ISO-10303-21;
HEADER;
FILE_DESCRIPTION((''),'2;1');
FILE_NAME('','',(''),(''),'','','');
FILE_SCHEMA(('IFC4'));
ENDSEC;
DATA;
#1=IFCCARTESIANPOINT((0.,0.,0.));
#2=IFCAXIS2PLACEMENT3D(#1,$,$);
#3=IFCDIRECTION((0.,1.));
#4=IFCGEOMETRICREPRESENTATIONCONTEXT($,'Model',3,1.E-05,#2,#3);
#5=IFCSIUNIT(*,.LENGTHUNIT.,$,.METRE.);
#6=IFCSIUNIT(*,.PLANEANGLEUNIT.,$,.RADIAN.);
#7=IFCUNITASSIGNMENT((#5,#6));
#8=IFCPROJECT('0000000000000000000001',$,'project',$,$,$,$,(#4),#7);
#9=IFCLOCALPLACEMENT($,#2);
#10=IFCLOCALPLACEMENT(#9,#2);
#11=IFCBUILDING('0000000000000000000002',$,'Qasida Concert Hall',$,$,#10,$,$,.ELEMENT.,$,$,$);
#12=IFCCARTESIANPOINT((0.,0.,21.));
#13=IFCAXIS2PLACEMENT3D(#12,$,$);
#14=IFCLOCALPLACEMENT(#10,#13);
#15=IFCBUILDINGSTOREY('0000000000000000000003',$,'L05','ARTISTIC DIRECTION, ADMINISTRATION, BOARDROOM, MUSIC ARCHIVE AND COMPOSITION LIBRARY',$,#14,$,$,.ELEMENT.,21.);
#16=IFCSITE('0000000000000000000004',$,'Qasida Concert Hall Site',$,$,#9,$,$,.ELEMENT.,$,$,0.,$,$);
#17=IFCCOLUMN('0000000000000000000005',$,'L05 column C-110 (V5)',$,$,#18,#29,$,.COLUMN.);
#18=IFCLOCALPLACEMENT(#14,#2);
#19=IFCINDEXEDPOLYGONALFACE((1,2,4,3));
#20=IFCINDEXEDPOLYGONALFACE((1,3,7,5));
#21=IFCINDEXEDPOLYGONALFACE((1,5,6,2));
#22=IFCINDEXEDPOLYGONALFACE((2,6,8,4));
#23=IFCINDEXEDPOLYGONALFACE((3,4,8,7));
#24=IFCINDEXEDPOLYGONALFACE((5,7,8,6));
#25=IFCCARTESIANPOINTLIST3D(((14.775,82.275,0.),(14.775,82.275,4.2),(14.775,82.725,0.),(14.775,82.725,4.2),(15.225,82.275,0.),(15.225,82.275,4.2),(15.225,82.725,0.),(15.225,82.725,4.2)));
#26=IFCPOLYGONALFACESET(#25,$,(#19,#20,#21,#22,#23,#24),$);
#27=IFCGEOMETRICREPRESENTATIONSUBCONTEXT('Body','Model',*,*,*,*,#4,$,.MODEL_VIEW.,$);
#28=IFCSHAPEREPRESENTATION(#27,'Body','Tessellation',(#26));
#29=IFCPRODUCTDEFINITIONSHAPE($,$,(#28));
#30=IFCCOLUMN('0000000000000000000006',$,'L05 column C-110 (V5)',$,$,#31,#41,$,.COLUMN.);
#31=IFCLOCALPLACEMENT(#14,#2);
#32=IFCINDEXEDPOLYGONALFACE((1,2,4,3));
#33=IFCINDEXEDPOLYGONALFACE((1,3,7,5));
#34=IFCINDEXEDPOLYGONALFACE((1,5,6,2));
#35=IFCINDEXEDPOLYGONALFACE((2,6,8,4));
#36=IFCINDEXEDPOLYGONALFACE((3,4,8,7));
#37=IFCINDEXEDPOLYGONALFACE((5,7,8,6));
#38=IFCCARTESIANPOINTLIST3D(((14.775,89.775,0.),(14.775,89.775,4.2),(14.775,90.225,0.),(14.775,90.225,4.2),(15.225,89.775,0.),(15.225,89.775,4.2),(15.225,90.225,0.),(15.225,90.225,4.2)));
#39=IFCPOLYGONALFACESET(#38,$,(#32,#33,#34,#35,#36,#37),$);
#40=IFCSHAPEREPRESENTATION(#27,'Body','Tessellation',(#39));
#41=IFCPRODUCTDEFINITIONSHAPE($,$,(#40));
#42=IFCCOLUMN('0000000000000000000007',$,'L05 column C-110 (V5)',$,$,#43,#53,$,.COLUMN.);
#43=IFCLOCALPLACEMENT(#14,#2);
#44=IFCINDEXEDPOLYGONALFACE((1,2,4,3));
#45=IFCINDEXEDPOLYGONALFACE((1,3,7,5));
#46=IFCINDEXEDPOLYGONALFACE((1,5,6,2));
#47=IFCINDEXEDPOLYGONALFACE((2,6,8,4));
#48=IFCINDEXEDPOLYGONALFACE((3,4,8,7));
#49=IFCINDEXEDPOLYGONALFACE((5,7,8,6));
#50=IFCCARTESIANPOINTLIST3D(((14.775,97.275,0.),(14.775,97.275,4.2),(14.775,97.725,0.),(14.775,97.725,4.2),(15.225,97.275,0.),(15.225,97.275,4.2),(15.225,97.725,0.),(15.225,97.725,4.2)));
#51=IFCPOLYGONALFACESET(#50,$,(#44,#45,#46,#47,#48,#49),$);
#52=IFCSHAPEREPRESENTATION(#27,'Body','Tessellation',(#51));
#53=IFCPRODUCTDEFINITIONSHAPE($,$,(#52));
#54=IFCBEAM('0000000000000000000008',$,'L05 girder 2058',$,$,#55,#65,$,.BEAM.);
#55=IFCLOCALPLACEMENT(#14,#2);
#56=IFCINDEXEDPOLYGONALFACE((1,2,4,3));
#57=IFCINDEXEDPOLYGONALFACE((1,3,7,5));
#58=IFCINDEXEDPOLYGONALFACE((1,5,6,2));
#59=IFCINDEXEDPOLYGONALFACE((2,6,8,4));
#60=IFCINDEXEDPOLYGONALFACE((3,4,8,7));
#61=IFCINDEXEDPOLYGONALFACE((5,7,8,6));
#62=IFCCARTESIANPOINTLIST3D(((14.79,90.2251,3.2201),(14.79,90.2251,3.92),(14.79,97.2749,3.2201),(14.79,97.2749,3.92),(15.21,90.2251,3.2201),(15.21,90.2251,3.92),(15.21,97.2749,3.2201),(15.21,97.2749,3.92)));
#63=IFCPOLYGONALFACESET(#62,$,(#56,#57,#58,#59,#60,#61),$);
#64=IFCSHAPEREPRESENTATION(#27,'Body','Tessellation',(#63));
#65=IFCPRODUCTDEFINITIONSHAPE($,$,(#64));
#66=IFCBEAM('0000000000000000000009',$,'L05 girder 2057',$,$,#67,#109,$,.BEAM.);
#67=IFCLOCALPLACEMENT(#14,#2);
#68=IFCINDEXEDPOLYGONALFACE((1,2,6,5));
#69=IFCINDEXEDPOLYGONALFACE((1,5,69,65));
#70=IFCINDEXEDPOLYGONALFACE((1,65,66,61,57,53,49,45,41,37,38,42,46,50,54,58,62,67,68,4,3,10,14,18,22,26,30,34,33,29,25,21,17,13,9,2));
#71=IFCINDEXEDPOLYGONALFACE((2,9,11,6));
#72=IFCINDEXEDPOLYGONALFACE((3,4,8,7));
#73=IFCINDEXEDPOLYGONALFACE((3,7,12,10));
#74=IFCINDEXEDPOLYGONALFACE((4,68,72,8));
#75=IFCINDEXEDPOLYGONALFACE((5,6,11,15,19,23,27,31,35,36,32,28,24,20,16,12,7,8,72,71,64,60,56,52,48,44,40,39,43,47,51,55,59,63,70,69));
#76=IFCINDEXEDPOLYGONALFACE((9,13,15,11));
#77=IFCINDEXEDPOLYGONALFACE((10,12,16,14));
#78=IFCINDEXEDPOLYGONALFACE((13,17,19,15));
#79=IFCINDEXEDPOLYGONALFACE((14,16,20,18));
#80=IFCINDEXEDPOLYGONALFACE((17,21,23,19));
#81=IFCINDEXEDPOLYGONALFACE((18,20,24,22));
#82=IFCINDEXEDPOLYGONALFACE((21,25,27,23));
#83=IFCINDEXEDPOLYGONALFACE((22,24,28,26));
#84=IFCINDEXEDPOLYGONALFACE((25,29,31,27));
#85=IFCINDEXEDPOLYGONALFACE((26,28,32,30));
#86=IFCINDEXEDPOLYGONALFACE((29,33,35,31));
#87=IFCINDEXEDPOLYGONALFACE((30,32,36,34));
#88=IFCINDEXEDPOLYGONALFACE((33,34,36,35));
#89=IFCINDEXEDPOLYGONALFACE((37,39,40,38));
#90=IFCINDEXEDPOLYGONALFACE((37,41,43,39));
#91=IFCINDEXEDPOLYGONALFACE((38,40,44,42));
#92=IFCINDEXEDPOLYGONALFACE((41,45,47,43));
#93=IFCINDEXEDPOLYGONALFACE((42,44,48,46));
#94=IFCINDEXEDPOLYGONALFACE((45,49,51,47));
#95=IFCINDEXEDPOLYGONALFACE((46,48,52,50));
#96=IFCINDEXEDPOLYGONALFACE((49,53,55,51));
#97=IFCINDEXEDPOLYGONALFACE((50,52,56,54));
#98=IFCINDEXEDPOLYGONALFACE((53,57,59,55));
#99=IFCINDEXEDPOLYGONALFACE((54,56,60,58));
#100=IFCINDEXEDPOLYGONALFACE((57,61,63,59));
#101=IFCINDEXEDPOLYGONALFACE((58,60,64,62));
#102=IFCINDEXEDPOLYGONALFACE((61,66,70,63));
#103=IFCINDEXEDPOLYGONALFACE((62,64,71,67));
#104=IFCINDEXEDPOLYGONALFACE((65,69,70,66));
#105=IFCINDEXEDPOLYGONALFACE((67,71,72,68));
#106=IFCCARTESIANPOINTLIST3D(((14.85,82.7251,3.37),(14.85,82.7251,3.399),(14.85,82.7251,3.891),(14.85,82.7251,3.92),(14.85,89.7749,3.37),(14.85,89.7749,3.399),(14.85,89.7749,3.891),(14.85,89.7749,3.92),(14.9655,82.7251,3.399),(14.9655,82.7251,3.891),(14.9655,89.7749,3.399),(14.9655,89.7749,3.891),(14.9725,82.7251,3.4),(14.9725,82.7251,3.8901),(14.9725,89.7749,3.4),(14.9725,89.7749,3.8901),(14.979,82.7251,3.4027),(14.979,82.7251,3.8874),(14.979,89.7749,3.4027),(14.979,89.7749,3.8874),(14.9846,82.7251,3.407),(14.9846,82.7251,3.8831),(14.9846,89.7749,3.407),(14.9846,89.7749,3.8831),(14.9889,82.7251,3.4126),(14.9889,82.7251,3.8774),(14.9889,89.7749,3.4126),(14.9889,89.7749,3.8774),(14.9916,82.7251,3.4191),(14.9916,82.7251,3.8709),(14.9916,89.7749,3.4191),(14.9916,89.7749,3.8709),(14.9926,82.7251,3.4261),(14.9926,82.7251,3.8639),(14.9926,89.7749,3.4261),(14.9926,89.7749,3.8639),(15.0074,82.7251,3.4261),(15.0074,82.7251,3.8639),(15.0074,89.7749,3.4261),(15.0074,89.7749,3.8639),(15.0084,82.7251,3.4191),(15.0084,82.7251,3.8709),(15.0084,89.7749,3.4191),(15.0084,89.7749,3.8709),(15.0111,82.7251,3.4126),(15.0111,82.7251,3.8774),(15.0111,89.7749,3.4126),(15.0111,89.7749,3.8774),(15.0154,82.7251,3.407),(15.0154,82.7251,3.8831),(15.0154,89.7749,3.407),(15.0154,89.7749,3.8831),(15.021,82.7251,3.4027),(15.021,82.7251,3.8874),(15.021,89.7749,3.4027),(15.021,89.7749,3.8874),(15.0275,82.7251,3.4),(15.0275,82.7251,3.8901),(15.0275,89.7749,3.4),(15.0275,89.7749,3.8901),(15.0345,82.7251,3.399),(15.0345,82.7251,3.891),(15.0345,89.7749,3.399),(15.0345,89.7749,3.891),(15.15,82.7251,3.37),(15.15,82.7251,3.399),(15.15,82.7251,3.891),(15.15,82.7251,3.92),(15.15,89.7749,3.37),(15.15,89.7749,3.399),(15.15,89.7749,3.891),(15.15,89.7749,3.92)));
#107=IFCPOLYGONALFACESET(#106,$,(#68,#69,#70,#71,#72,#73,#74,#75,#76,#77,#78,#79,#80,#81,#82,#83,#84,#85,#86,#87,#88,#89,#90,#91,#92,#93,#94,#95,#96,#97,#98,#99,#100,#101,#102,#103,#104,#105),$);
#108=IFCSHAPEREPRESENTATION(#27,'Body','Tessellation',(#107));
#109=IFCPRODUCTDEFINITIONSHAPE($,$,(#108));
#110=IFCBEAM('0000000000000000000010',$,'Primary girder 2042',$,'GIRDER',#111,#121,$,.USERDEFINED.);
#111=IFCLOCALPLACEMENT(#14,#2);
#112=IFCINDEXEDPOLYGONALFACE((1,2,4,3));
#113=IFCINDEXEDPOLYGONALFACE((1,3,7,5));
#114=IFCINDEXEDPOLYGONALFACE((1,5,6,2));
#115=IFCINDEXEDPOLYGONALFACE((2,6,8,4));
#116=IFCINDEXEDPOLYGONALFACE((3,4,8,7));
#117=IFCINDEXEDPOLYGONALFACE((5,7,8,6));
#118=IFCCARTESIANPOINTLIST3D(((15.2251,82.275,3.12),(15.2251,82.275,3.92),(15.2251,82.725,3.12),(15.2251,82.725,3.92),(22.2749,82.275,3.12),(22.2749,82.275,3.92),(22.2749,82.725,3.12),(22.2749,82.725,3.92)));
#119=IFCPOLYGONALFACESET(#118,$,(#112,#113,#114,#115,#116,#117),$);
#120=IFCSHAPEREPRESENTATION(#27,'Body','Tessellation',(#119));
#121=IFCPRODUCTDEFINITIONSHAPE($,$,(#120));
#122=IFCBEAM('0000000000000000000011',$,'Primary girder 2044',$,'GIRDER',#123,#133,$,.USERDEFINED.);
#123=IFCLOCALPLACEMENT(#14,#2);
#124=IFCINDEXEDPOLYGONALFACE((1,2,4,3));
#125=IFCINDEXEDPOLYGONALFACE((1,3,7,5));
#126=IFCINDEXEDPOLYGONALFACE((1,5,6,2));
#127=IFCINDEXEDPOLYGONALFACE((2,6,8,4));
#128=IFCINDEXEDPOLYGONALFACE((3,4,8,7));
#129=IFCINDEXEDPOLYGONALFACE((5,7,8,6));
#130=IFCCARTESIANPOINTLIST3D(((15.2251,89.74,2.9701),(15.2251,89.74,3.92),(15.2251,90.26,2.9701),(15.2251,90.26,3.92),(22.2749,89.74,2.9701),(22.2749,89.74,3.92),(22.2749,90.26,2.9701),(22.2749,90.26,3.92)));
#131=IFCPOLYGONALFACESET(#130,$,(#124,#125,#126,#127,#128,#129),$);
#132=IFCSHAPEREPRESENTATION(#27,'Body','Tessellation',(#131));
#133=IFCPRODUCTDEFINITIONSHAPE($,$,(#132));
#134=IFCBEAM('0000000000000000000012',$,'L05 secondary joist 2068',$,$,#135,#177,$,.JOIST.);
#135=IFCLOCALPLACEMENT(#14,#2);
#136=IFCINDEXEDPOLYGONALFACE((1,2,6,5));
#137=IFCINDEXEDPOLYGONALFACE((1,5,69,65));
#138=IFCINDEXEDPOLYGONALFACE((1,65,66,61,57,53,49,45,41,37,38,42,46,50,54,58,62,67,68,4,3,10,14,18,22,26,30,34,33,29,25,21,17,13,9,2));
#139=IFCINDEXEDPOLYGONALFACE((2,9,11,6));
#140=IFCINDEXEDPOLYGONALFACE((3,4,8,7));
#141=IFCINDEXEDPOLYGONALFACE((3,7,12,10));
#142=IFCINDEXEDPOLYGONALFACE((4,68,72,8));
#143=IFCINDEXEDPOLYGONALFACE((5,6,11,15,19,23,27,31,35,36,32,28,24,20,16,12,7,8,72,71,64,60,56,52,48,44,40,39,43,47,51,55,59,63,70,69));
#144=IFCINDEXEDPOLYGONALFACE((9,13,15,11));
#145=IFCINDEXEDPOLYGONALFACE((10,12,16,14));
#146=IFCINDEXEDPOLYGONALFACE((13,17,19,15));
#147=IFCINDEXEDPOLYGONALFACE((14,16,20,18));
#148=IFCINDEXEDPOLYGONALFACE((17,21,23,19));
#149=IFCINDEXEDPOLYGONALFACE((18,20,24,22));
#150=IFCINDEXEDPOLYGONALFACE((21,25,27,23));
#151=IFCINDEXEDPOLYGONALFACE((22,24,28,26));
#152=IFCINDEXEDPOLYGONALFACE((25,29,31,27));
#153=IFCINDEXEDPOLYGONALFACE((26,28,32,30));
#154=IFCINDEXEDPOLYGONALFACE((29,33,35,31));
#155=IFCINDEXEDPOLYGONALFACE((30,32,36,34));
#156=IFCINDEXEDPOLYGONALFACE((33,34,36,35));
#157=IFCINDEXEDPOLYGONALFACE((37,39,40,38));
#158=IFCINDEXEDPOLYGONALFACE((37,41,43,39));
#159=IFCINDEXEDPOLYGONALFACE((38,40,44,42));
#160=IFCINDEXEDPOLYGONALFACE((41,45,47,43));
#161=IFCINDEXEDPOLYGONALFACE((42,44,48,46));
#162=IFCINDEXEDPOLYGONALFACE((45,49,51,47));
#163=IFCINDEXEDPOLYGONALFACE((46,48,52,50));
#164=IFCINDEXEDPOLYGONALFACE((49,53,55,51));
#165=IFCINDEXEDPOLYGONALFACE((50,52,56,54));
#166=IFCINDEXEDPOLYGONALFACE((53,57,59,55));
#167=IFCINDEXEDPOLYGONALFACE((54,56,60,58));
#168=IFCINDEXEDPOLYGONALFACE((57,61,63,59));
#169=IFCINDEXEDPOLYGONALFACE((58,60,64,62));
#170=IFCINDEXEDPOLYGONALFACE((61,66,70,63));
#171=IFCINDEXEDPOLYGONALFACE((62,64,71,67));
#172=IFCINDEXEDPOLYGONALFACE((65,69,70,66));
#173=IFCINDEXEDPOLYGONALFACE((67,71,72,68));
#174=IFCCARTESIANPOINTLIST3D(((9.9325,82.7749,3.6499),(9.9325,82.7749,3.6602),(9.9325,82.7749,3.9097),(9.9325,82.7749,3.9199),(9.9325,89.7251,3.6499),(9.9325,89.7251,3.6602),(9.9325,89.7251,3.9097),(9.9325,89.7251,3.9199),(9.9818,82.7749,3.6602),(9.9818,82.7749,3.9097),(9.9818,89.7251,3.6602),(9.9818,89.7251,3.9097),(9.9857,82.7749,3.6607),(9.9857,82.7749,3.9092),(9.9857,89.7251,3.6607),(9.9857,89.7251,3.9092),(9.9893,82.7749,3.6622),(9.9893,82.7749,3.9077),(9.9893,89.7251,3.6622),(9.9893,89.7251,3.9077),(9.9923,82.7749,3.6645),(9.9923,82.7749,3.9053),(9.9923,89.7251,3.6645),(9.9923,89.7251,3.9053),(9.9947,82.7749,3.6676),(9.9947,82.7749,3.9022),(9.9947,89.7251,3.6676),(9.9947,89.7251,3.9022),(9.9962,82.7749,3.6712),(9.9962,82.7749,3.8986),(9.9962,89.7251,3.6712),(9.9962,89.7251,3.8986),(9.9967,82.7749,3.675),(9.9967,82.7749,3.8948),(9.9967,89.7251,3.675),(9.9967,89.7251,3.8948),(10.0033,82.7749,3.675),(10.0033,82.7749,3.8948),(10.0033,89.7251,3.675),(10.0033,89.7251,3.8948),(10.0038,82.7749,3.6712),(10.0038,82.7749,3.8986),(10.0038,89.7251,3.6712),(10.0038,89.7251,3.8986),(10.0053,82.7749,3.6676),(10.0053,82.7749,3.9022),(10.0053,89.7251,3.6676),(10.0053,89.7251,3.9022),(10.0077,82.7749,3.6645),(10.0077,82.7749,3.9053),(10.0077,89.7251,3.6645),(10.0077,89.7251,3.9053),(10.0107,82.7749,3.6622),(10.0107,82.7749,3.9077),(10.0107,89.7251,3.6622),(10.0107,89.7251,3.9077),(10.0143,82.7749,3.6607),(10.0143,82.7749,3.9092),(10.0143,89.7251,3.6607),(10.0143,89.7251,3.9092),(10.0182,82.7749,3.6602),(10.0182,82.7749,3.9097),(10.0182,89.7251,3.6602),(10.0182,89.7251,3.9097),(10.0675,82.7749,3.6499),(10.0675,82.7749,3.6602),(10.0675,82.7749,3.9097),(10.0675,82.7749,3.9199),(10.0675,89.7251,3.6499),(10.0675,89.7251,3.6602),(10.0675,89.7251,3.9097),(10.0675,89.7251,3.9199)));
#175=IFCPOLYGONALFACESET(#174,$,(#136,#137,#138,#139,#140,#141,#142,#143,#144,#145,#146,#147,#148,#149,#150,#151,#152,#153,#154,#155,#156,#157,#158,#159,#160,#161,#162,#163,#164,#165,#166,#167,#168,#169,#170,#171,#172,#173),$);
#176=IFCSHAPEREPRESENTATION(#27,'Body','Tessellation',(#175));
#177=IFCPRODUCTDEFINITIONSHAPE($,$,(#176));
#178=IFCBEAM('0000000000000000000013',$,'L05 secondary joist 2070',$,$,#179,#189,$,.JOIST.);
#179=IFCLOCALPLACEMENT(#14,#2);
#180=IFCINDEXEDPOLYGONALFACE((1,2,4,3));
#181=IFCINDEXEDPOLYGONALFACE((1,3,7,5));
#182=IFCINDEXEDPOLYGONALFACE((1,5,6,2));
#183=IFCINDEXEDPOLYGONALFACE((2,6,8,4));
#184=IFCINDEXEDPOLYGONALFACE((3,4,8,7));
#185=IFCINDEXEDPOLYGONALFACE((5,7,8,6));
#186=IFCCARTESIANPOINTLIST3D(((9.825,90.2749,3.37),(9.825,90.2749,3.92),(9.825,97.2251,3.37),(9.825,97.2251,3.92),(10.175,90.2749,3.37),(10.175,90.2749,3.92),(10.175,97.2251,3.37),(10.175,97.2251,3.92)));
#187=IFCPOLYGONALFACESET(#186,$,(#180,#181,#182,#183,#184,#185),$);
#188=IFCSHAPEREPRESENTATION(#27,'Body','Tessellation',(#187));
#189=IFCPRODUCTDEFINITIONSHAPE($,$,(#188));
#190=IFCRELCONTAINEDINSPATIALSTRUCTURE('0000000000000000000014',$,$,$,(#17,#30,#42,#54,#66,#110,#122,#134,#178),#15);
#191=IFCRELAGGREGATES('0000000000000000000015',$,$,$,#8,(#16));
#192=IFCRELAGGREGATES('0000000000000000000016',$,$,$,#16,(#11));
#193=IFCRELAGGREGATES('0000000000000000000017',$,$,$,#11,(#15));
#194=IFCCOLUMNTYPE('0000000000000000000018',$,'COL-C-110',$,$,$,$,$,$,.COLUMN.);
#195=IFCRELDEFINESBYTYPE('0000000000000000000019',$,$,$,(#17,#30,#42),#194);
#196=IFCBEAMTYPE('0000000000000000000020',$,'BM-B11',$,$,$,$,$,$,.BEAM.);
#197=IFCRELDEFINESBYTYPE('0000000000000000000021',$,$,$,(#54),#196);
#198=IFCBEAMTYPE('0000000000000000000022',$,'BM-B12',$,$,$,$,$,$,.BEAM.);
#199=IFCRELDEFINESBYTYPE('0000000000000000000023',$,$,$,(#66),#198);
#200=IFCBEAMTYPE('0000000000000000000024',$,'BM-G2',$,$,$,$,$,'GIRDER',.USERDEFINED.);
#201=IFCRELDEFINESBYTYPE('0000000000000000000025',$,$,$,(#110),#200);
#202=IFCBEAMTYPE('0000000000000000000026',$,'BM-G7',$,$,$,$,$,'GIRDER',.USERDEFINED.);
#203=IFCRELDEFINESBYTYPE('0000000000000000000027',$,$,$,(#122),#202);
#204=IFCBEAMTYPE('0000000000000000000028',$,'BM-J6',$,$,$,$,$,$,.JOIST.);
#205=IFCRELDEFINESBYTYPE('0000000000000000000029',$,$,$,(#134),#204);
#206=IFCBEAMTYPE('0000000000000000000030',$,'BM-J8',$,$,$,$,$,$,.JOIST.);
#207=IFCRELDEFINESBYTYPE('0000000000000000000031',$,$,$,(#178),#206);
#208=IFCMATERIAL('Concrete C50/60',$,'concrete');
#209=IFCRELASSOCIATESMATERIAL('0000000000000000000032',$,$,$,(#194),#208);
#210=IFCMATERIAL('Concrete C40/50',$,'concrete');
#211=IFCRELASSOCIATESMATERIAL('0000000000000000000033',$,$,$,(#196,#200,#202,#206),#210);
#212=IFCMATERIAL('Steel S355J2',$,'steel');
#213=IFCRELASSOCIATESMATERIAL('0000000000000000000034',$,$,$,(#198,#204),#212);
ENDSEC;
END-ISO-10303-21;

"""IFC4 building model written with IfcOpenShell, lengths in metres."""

from ifc_helpers import new_model, si_unit, direction, frame, origin, origin_2d, place, context, subcontext, project, spatial, rectangle, i_section, extrude, material, material_profile, profile_set, type_object, element, save


model = new_model("IFC4")

# Units and contexts
model_context = context("Model", 3, precision=1e-05, world=origin(), true_north=direction((0.0, 1.0)))
body_context = subcontext(model_context, "Body", "Model", "MODEL_VIEW")
ifc_project = project(units=[si_unit("LENGTHUNIT", "METRE"), si_unit("PLANEANGLEUNIT", "RADIAN")], contexts=[model_context])

# Site, building, storey
site_placement = place(None, origin())
site = spatial("IfcSite", under=ifc_project, at=site_placement, Name="Qasida Concert Hall Site", CompositionType="ELEMENT", RefElevation=0.0)
building_placement = place(site_placement, origin())
building = spatial("IfcBuilding", under=site, at=building_placement, Name="Qasida Concert Hall", CompositionType="ELEMENT")
storey_placement = place(building_placement, frame((0.0, 0.0, 21.0)))
storey = spatial("IfcBuildingStorey", under=building, at=storey_placement, Name="L05", Description="ARTISTIC DIRECTION, ADMINISTRATION, BOARDROOM, MUSIC ARCHIVE AND COMPOSITION LIBRARY", CompositionType="ELEMENT", Elevation=21.0)

# Columns
ifc_material_1 = material(Name="Concrete C50/60", Category="concrete")
ifc_material_profile_1 = material_profile(ifc_material_1, rectangle(XDim=0.45, YDim=0.45, at=origin_2d()), Name="RC 450x450")
ifc_profile_set_1 = profile_set([ifc_material_profile_1], Name="Concrete C50/60")
column_type = type_object("IfcColumnType", Name="COL-C-110", PredefinedType="COLUMN", material=ifc_profile_set_1)
for number, where, z_axis, x_axis, name in (
    (1, (15.0, 82.5, 0.0), (0.0, 0.0, 1.0), (1.0, 0.0, 0.0), "L05 column C-110 (V5)"),
    (2, (15.0, 90.0, 0.0), (0.0, 0.0, 1.0), (1.0, 0.0, 0.0), "L05 column C-110 (V5)"),
    (3, (15.0, 97.5, 0.0), (0.0, 0.0, 1.0), (1.0, 0.0, 0.0), "L05 column C-110 (V5)"),
):
    element("IfcColumn", number, at=place(storey_placement, frame(where, z_axis=z_axis, x_axis=x_axis)), inside=storey, type_object=column_type, Name=name, PredefinedType="COLUMN", context=body_context, shape_type="SweptSolid", body=[
        extrude(rectangle(XDim=0.45, YDim=0.45, at=origin_2d()), origin(), (0.0, 0.0, 1.0), 4.2),
    ])

# Beams
ifc_material_2 = material(Name="Concrete C40/50", Category="concrete")
ifc_material_profile_2 = material_profile(ifc_material_2, rectangle(XDim=0.4199, YDim=0.7, at=origin_2d()), Name="RC 420x700")
ifc_profile_set_2 = profile_set([ifc_material_profile_2], Name="Concrete C40/50")
beam_type_1 = type_object("IfcBeamType", Name="BM-B11", PredefinedType="BEAM", material=ifc_profile_set_2)
beam_1_placement = place(storey_placement, frame((15.0, 90.2251, 3.5701), z_axis=(0.0, 1.0, 0.0), x_axis=(-1.0, 0.0, 0.0)))
element("IfcBeam", 4, at=beam_1_placement, inside=storey, type_object=beam_type_1, Name="L05 girder 2058", PredefinedType="BEAM", context=body_context, shape_type="SweptSolid", body=[
    extrude(rectangle(XDim=0.4199, YDim=0.7, at=origin_2d()), origin(), (0.0, 0.0, 1.0), 7.0498),
])
ifc_material_3 = material(Name="Steel S355J2", Category="steel")
ifc_material_profile_3 = material_profile(ifc_material_3, i_section(OverallWidth=0.3, OverallDepth=0.55, WebThickness=0.0149, FlangeThickness=0.0291, FilletRadius=0.0271, at=origin_2d()), Name="HEB 550")
ifc_profile_set_3 = profile_set([ifc_material_profile_3], Name="Steel S355J2")
beam_type_2 = type_object("IfcBeamType", Name="BM-B12", PredefinedType="BEAM", material=ifc_profile_set_3)
beam_2_placement = place(storey_placement, frame((15.0, 82.7251, 3.645), z_axis=(0.0, 1.0, 0.0), x_axis=(-1.0, 0.0, 0.0)))
element("IfcBeam", 5, at=beam_2_placement, inside=storey, type_object=beam_type_2, Name="L05 girder 2057", PredefinedType="BEAM", context=body_context, shape_type="SweptSolid", body=[
    extrude(i_section(OverallWidth=0.3, OverallDepth=0.55, WebThickness=0.0149, FlangeThickness=0.0291, FilletRadius=0.0271, at=origin_2d()), origin(), (0.0, 0.0, 1.0), 7.0498),
])
ifc_material_profile_4 = material_profile(ifc_material_2, rectangle(XDim=0.45, YDim=0.8, at=origin_2d()), Name="RC 450x800")
ifc_profile_set_4 = profile_set([ifc_material_profile_4], Name="Concrete C40/50")
beam_type_3 = type_object("IfcBeamType", Name="BM-G2", ElementType="GIRDER", PredefinedType="USERDEFINED", material=ifc_profile_set_4)
beam_3_placement = place(storey_placement, frame((15.2251, 82.5, 3.52), z_axis=(1.0, 0.0, 0.0), x_axis=(0.0, 1.0, 0.0)))
element("IfcBeam", 6, at=beam_3_placement, inside=storey, type_object=beam_type_3, Name="Primary girder 2042", ObjectType="GIRDER", PredefinedType="USERDEFINED", context=body_context, shape_type="SweptSolid", body=[
    extrude(rectangle(XDim=0.45, YDim=0.8, at=origin_2d()), origin(), (0.0, 0.0, 1.0), 7.0498),
])
ifc_material_profile_5 = material_profile(ifc_material_2, rectangle(XDim=0.52, YDim=0.95, at=origin_2d()), Name="RC 520x950")
ifc_profile_set_5 = profile_set([ifc_material_profile_5], Name="Concrete C40/50")
beam_type_4 = type_object("IfcBeamType", Name="BM-G7", ElementType="GIRDER", PredefinedType="USERDEFINED", material=ifc_profile_set_5)
beam_4_placement = place(storey_placement, frame((15.2251, 90.0, 3.4451), z_axis=(1.0, 0.0, 0.0), x_axis=(0.0, 1.0, 0.0)))
element("IfcBeam", 7, at=beam_4_placement, inside=storey, type_object=beam_type_4, Name="Primary girder 2044", ObjectType="GIRDER", PredefinedType="USERDEFINED", context=body_context, shape_type="SweptSolid", body=[
    extrude(rectangle(XDim=0.52, YDim=0.95, at=origin_2d()), origin(), (0.0, 0.0, 1.0), 7.0498),
])
ifc_material_profile_6 = material_profile(ifc_material_3, i_section(OverallWidth=0.135, OverallDepth=0.27, WebThickness=0.0066, FlangeThickness=0.0103, FilletRadius=0.0149, at=origin_2d()), Name="IPE 270")
ifc_profile_set_6 = profile_set([ifc_material_profile_6], Name="Steel S355J2")
beam_type_5 = type_object("IfcBeamType", Name="BM-J6", PredefinedType="JOIST", material=ifc_profile_set_6)
beam_5_placement = place(storey_placement, frame((10.0, 82.7749, 3.7849), z_axis=(0.0, 1.0, 0.0), x_axis=(-1.0, 0.0, 0.0)))
element("IfcBeam", 8, at=beam_5_placement, inside=storey, type_object=beam_type_5, Name="L05 secondary joist 2068", PredefinedType="JOIST", context=body_context, shape_type="SweptSolid", body=[
    extrude(i_section(OverallWidth=0.135, OverallDepth=0.27, WebThickness=0.0066, FlangeThickness=0.0103, FilletRadius=0.0149, at=origin_2d()), origin(), (0.0, 0.0, 1.0), 6.9502),
])
ifc_material_profile_7 = material_profile(ifc_material_2, rectangle(XDim=0.3501, YDim=0.55, at=origin_2d()), Name="RC 350x550")
ifc_profile_set_7 = profile_set([ifc_material_profile_7], Name="Concrete C40/50")
beam_type_6 = type_object("IfcBeamType", Name="BM-J8", PredefinedType="JOIST", material=ifc_profile_set_7)
beam_6_placement = place(storey_placement, frame((10.0, 90.2749, 3.645), z_axis=(0.0, 1.0, 0.0), x_axis=(-1.0, 0.0, 0.0)))
element("IfcBeam", 9, at=beam_6_placement, inside=storey, type_object=beam_type_6, Name="L05 secondary joist 2070", PredefinedType="JOIST", context=body_context, shape_type="SweptSolid", body=[
    extrude(rectangle(XDim=0.3501, YDim=0.55, at=origin_2d()), origin(), (0.0, 0.0, 1.0), 6.9502),
])

save(model, "model.ifc")
